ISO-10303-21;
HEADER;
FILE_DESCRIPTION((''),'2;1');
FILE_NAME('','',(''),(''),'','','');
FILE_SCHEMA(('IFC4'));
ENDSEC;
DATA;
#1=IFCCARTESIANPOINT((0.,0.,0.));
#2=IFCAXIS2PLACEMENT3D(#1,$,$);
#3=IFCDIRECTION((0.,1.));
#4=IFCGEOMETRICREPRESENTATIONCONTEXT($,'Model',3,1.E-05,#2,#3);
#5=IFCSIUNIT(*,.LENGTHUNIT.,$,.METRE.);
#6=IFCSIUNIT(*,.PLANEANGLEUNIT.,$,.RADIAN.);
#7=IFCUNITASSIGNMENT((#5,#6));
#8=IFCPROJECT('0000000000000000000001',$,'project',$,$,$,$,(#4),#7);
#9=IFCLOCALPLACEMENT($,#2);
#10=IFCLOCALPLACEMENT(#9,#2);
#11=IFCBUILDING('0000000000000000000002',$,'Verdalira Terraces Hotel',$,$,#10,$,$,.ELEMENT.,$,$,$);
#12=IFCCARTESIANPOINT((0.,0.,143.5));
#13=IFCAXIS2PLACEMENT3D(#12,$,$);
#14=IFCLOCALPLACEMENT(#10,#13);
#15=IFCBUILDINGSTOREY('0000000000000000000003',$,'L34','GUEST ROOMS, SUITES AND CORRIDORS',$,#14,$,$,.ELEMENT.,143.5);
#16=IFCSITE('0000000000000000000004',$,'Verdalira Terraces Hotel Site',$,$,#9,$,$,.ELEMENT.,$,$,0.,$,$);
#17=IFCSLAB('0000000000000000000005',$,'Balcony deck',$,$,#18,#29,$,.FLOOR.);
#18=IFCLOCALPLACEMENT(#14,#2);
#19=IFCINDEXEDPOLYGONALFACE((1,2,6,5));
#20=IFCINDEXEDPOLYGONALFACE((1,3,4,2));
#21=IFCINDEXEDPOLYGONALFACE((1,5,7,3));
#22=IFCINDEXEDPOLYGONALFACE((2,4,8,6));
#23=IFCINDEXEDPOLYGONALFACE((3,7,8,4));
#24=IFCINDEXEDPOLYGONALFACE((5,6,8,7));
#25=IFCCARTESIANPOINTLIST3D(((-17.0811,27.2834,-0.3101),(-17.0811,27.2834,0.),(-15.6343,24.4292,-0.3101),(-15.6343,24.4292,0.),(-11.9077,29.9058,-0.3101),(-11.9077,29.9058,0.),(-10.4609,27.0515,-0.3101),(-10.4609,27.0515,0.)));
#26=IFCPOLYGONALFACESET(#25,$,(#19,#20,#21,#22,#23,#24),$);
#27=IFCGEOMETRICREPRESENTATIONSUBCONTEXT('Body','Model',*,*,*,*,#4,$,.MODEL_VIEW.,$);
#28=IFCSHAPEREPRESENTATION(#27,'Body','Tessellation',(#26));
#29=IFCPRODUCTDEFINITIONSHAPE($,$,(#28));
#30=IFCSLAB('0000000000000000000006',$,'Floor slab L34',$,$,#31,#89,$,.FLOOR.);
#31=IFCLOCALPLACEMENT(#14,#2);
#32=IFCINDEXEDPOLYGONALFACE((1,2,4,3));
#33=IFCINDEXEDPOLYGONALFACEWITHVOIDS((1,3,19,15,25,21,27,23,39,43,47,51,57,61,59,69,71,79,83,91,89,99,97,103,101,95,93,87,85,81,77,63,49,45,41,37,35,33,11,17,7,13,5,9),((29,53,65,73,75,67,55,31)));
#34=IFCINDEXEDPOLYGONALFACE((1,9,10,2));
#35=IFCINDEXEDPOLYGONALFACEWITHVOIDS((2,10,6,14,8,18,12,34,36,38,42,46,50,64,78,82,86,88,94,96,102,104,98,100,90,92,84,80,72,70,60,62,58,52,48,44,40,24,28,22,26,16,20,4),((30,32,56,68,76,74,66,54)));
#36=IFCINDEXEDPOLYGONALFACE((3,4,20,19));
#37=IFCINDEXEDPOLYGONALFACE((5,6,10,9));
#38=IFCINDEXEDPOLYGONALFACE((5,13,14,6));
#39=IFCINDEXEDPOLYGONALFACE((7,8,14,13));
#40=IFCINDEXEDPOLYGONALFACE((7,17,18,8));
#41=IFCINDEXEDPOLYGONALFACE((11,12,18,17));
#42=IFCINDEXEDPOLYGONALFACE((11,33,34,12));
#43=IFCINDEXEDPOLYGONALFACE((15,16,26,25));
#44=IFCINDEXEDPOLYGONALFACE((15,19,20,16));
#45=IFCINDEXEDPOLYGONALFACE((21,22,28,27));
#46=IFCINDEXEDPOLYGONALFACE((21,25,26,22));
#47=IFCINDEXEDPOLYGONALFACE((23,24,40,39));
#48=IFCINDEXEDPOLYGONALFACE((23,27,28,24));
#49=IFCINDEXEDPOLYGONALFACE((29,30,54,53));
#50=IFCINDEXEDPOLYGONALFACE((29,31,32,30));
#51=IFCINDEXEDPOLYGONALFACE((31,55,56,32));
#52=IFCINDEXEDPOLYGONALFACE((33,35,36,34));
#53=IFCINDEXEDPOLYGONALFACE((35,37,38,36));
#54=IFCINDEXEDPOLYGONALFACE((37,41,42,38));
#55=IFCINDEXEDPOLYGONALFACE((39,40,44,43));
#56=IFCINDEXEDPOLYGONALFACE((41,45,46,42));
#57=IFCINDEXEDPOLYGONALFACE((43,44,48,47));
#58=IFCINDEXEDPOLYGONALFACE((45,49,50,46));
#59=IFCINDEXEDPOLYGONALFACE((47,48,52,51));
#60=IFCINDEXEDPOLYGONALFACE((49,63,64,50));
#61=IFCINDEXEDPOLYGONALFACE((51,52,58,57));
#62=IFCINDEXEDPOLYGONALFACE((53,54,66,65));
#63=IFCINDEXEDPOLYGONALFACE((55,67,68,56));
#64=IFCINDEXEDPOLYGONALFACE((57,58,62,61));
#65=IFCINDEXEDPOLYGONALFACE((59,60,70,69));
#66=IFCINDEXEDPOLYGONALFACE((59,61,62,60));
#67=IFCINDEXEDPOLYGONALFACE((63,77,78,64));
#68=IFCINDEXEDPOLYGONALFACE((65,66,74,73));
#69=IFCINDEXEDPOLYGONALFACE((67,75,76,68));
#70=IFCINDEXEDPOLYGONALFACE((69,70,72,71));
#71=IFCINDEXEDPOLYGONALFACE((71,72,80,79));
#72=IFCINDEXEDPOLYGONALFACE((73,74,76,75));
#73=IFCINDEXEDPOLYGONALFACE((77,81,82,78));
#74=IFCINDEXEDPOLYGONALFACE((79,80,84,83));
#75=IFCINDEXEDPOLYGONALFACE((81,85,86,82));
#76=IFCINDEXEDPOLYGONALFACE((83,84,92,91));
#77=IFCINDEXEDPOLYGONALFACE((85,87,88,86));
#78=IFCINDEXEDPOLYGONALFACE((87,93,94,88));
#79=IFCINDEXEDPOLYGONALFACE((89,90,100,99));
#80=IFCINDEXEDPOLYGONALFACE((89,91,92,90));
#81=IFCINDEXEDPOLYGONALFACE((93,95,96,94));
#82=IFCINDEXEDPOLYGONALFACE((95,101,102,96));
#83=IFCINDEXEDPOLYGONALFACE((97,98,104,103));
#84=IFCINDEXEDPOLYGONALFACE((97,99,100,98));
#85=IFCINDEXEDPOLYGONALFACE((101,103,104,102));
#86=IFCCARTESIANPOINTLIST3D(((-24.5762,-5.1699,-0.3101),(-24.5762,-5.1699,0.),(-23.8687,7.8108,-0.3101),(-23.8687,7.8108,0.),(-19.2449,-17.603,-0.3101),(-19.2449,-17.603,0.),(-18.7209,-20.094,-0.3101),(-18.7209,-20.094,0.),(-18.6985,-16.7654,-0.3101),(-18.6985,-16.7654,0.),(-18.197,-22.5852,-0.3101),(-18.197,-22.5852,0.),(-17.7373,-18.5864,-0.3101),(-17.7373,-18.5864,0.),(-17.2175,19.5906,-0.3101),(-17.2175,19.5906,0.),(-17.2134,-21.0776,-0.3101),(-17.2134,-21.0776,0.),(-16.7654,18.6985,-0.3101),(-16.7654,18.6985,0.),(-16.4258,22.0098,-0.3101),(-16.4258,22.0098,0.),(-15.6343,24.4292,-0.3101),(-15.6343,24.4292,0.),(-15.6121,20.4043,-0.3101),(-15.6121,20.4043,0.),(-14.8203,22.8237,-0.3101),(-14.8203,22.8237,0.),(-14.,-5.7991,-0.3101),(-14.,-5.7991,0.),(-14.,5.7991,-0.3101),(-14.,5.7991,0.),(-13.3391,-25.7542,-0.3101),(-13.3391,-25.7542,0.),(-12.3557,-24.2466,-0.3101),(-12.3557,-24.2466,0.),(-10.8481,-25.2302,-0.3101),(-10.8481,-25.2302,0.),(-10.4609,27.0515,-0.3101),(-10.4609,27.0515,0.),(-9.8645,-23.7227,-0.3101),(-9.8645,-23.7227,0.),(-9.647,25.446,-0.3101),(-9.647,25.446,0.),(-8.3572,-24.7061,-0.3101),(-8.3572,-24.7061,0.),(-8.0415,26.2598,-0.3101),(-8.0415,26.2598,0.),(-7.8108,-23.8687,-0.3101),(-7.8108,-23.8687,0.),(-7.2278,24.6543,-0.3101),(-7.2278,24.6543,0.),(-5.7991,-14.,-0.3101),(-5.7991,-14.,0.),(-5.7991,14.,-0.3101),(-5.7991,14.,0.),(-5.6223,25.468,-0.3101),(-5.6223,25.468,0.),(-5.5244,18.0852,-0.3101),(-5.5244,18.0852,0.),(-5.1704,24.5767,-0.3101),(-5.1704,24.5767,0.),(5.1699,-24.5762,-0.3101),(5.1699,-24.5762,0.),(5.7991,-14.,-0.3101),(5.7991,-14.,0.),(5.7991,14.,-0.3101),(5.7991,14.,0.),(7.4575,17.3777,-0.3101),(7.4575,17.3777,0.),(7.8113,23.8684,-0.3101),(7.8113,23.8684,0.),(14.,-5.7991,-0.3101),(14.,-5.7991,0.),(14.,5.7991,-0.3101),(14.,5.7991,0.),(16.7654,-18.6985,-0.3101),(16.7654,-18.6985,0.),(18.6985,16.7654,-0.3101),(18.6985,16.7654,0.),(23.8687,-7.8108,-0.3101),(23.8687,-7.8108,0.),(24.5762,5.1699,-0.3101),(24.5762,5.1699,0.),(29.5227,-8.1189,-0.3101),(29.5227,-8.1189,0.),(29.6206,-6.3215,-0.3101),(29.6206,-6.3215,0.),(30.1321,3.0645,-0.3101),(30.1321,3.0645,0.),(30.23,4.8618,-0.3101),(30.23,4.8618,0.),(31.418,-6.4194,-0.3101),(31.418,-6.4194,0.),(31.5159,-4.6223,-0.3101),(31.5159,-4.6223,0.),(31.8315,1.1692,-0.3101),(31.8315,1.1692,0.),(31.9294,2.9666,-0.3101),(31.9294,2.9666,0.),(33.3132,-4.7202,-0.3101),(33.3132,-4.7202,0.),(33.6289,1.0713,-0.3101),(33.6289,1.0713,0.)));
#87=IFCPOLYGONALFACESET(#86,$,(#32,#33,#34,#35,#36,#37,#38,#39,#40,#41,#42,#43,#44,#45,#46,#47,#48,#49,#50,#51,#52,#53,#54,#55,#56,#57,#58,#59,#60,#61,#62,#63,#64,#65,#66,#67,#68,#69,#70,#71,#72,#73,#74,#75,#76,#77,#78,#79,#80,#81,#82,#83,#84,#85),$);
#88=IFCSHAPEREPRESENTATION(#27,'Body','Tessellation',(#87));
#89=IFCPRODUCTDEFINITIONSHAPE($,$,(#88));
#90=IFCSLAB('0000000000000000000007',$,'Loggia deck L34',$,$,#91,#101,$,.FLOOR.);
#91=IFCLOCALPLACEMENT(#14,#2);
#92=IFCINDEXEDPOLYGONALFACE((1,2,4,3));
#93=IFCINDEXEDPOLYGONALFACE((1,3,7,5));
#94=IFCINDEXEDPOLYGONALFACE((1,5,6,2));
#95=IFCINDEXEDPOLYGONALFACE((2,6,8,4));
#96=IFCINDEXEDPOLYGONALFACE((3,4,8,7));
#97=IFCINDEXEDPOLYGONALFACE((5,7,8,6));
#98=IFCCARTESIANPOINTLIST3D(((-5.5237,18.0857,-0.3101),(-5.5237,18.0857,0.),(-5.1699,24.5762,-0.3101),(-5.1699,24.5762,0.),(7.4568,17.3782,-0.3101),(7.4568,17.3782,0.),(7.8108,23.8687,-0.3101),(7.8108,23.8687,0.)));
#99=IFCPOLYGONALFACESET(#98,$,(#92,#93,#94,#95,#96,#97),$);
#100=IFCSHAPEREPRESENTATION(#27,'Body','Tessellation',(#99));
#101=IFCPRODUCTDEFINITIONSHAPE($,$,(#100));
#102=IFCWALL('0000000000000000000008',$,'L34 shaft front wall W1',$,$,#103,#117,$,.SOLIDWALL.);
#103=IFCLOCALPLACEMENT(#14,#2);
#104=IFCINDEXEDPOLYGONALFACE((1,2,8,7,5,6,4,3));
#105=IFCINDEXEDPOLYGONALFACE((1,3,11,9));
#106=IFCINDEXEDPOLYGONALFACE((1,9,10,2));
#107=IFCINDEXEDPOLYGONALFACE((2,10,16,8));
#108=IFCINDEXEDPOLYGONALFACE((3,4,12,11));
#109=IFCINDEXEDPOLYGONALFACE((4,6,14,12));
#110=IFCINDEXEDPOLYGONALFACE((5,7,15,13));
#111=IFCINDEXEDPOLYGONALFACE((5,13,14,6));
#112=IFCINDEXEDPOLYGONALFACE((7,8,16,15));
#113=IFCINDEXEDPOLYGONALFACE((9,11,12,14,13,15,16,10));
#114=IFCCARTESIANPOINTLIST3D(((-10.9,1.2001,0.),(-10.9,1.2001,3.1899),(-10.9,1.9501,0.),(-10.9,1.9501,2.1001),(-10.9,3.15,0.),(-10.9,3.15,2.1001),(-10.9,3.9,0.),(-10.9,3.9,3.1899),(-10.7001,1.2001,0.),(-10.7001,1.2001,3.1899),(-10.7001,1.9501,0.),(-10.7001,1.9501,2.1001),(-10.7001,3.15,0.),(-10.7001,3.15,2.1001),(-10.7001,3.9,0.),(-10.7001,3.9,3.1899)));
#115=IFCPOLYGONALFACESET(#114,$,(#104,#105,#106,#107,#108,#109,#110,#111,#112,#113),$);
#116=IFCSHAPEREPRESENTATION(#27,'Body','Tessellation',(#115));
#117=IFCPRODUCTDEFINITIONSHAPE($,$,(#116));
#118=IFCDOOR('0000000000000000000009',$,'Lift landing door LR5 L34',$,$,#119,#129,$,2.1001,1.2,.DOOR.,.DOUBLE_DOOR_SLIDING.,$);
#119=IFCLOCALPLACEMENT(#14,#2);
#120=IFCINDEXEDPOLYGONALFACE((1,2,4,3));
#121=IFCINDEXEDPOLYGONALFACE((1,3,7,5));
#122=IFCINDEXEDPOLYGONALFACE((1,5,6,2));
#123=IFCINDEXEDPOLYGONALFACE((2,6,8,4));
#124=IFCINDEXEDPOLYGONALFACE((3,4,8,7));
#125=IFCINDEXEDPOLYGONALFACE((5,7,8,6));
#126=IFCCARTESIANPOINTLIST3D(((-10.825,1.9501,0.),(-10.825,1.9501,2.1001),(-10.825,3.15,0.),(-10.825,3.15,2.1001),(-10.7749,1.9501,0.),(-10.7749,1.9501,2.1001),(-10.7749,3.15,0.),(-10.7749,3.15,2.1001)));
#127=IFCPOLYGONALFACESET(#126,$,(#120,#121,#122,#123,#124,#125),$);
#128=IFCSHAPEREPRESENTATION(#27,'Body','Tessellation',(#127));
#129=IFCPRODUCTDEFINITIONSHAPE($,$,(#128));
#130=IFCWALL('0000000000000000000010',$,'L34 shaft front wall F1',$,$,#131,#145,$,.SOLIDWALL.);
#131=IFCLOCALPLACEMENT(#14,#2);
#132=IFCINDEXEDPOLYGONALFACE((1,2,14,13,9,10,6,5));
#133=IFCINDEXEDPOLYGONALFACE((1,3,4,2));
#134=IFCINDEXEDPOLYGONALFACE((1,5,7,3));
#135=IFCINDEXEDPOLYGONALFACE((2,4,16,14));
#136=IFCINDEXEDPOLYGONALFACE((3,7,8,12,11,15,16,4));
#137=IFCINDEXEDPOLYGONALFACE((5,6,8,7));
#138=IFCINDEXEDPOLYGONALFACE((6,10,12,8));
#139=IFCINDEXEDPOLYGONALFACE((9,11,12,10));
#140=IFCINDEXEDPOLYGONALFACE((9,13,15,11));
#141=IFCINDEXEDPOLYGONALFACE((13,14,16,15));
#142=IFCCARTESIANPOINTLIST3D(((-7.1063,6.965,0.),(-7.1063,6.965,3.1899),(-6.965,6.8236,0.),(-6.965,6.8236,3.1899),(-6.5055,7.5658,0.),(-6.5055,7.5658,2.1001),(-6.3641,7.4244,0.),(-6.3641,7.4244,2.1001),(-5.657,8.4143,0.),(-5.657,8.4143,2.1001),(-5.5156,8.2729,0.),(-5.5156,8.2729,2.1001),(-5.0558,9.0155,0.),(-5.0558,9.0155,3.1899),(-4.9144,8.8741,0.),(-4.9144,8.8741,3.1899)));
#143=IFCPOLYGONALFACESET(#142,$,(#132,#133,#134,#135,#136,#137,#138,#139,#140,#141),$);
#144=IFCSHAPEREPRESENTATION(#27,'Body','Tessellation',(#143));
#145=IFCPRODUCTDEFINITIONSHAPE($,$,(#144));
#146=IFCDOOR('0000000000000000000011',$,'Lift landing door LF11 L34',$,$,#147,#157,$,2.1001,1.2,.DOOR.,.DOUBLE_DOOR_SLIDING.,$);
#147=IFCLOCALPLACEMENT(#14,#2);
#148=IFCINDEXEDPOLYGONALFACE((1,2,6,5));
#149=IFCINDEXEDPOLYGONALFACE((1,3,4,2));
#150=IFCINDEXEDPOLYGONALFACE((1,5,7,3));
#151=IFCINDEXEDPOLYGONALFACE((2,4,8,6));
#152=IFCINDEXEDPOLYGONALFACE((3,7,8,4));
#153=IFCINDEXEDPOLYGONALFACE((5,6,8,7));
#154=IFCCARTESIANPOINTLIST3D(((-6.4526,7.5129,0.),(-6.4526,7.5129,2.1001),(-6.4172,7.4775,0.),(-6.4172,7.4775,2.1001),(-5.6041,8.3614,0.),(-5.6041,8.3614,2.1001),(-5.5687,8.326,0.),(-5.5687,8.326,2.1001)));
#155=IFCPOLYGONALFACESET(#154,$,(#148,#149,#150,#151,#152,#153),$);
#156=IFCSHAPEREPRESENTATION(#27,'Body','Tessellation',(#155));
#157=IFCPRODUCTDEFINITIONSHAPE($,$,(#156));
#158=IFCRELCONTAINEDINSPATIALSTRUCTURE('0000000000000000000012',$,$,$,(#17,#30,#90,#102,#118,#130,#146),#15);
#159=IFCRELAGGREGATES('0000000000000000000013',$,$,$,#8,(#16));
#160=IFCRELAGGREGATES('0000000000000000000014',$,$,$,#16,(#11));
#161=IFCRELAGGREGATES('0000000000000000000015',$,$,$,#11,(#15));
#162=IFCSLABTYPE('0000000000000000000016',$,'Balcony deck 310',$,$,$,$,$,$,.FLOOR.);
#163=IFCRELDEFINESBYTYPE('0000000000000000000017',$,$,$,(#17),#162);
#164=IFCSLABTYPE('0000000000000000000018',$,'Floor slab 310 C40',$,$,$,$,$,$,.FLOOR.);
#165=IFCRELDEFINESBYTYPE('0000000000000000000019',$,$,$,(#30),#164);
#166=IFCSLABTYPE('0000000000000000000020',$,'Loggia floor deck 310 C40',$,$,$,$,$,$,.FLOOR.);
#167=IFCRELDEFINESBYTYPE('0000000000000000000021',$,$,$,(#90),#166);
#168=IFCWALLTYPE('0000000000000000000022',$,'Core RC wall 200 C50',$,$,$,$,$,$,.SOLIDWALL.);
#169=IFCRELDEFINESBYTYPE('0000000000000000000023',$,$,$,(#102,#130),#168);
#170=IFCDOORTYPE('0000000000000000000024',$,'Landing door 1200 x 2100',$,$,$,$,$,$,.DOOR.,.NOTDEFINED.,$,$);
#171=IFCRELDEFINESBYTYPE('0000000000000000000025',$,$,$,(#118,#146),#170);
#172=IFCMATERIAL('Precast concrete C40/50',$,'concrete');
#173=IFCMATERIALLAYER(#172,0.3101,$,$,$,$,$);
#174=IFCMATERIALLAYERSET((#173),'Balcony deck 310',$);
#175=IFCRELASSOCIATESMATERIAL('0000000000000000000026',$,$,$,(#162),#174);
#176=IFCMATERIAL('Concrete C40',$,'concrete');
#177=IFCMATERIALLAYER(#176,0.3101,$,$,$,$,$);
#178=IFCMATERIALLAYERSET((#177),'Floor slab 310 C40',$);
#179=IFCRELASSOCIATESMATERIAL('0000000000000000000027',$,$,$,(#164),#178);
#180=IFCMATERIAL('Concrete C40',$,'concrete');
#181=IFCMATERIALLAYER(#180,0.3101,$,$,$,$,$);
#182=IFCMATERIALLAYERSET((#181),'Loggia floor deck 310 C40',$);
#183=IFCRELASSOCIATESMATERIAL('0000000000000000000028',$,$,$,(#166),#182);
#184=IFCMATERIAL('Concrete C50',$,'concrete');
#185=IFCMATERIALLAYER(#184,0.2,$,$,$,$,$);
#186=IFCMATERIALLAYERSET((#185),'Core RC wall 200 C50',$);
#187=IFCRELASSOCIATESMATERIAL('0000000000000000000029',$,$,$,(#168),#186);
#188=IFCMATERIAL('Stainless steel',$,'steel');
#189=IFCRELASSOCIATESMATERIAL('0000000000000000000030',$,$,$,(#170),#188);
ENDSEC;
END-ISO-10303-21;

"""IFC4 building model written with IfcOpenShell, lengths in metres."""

from ifc_helpers import new_model, si_unit, direction, frame, frame_2d, origin, place, context, subcontext, project, spatial, polyline, rectangle, outline, extrude, material, layer, layer_set, type_object, element, fill, save


model = new_model("IFC4")

# Units and contexts
model_context = context("Model", 3, precision=1e-05, world=origin(), true_north=direction((0.0, 1.0)))
body_context = subcontext(model_context, "Body", "Model", "MODEL_VIEW")
ifc_project = project(units=[si_unit("LENGTHUNIT", "METRE"), si_unit("PLANEANGLEUNIT", "RADIAN")], contexts=[model_context])

# Site, building, storey
site_placement = place(None, origin())
site = spatial("IfcSite", under=ifc_project, at=site_placement, Name="Verdalira Terraces Hotel Site", CompositionType="ELEMENT", RefElevation=0.0)
building_placement = place(site_placement, origin())
building = spatial("IfcBuilding", under=site, at=building_placement, Name="Verdalira Terraces Hotel", CompositionType="ELEMENT")
storey_placement = place(building_placement, frame((0.0, 0.0, 143.5)))
storey = spatial("IfcBuildingStorey", under=building, at=storey_placement, Name="L34", Description="GUEST ROOMS, SUITES AND CORRIDORS", CompositionType="ELEMENT", Elevation=143.5)

# Slabs
ifc_material_1 = material(Name="Precast concrete C40/50", Category="concrete")
ifc_layer_1 = layer(ifc_material_1, 0.3101)
ifc_layer_set_1 = layer_set([ifc_layer_1], Name="Balcony deck 310")
slab_type_1 = type_object("IfcSlabType", Name="Balcony deck 310", PredefinedType="FLOOR", material=ifc_layer_set_1)
slab_1_placement = place(storey_placement, frame((0.0, 0.0, -0.3101)))
element("IfcSlab", 1, at=slab_1_placement, inside=storey, type_object=slab_type_1, Name="Balcony deck", PredefinedType="FLOOR", context=body_context, shape_type="SweptSolid", body=[
    extrude(outline(polyline([(-17.0811, 27.2834), (-15.6343, 24.4292), (-10.4609, 27.0515), (-11.9077, 29.9058), (-17.0811, 27.2834)])), origin(), (0.0, 0.0, 1.0), 0.3101),
])
ifc_material_2 = material(Name="Concrete C40", Category="concrete")
ifc_layer_2 = layer(ifc_material_2, 0.3101)
ifc_layer_set_2 = layer_set([ifc_layer_2], Name="Floor slab 310 C40")
slab_type_2 = type_object("IfcSlabType", Name="Floor slab 310 C40", PredefinedType="FLOOR", material=ifc_layer_set_2)
slab_2_placement = place(storey_placement, frame((0.0, 0.0, -0.3101)))
element("IfcSlab", 2, at=slab_2_placement, inside=storey, type_object=slab_type_2, Name="Floor slab L34", PredefinedType="FLOOR", context=body_context, shape_type="SweptSolid", body=[
    extrude(outline(polyline([(24.5762, 5.1699), (18.6985, 16.7654), (7.8113, 23.8684), (7.4575, 17.3777), (-5.5244, 18.0852), (-5.1704, 24.5767), (-5.1704, 24.5767), (-5.6223, 25.468), (-7.2278, 24.6543), (-8.0415, 26.2598), (-9.647, 25.446), (-10.4609, 27.0515), (-15.6343, 24.4292), (-14.8203, 22.8237), (-16.4258, 22.0098), (-15.6121, 20.4043), (-17.2175, 19.5906), (-16.7654, 18.6985), (-23.8687, 7.8108), (-24.5762, -5.1699), (-18.6985, -16.7654), (-19.2449, -17.603), (-17.7373, -18.5864), (-18.7209, -20.094), (-17.2134, -21.0776), (-18.197, -22.5852), (-13.3391, -25.7541), (-12.3557, -24.2466), (-10.8481, -25.2302), (-9.8645, -23.7227), (-8.3572, -24.7061), (-7.8108, -23.8687), (5.1699, -24.5762), (16.7654, -18.6985), (23.8687, -7.8108), (29.5227, -8.1189), (29.6206, -6.3215), (31.418, -6.4194), (31.5159, -4.6223), (33.3132, -4.7202), (33.6289, 1.0713), (31.8315, 1.1692), (31.9294, 2.9666), (30.1321, 3.0645), (30.23, 4.8618), (24.5762, 5.1699)]), holes=[polyline([(5.7991, 14.0), (14.0, 5.7991), (14.0, -5.7991), (5.7991, -14.0), (-5.7991, -14.0), (-14.0, -5.7991), (-14.0, 5.7991), (-5.7991, 14.0), (5.7991, 14.0)])]), origin(), (0.0, 0.0, 1.0), 0.3101),
])
ifc_material_3 = material(Name="Concrete C40", Category="concrete")
ifc_layer_3 = layer(ifc_material_3, 0.3101)
ifc_layer_set_3 = layer_set([ifc_layer_3], Name="Loggia floor deck 310 C40")
slab_type_3 = type_object("IfcSlabType", Name="Loggia floor deck 310 C40", PredefinedType="FLOOR", material=ifc_layer_set_3)
slab_3_placement = place(storey_placement, frame((0.0, 0.0, -0.3101)))
element("IfcSlab", 3, at=slab_3_placement, inside=storey, type_object=slab_type_3, Name="Loggia deck L34", PredefinedType="FLOOR", context=body_context, shape_type="SweptSolid", body=[
    extrude(outline(polyline([(-5.5237, 18.0857), (7.4568, 17.3782), (7.8108, 23.8687), (-5.1699, 24.5762), (-5.5237, 18.0857)])), origin(), (0.0, 0.0, 1.0), 0.3101),
])

# Walls, openings, doors
ifc_material_4 = material(Name="Concrete C50", Category="concrete")
ifc_layer_4 = layer(ifc_material_4, 0.2)
ifc_layer_set_4 = layer_set([ifc_layer_4], Name="Core RC wall 200 C50")
wall_type_1 = type_object("IfcWallType", Name="Core RC wall 200 C50", PredefinedType="SOLIDWALL", material=ifc_layer_set_4)
wall_1_placement = place(storey_placement, frame((-10.8, 1.2, 0.0), z_axis=(0.0, 0.0, 1.0), x_axis=(0.0, 1.0, 0.0)))
wall_1 = element("IfcWall", 4, at=wall_1_placement, inside=storey, type_object=wall_type_1, Name="L34 shaft front wall W1", PredefinedType="SOLIDWALL", context=body_context, shape_type="SweptSolid", body=[
    extrude(rectangle(XDim=2.7, YDim=0.2, at=frame_2d((1.3501, 0.0))), origin(), (0.0, 0.0, 1.0), 3.1899),
])
opening_1_placement = place(wall_1_placement, frame((0.75, 0.0, 0.0)))
opening_1 = element("IfcOpeningElement", 5, at=opening_1_placement, cuts=wall_1, PredefinedType="OPENING", context=body_context, shape_type="SweptSolid", body=[
    extrude(rectangle(XDim=1.2, YDim=2.1001, at=frame_2d((0.6001, 1.05))), frame((0.0, 0.1099, 0.0), z_axis=(0.0, -1.0, 0.0), x_axis=(1.0, 0.0, 0.0)), (0.0, 0.0, 1.0), 0.22),
])
ifc_material_5 = material(Name="Stainless steel", Category="steel")
door_type_1 = type_object("IfcDoorType", Name="Landing door 1200 x 2100", OperationType="NOTDEFINED", PredefinedType="DOOR", material=ifc_material_5)
door_1_placement = place(opening_1_placement, origin())
door_1 = element("IfcDoor", 6, at=door_1_placement, inside=storey, type_object=door_type_1, Name="Lift landing door LR5 L34", OperationType="DOUBLE_DOOR_SLIDING", OverallHeight=2.1001, OverallWidth=1.2, PredefinedType="DOOR", context=body_context, shape_type="SweptSolid", body=[
    extrude(rectangle(XDim=1.2, YDim=2.1001, at=frame_2d((0.6001, 1.05))), frame((0.0, 0.0249, 0.0), z_axis=(0.0, -1.0, 0.0), x_axis=(1.0, 0.0, 0.0)), (0.0, 0.0, 1.0), 0.05),
])
fill(opening_1, door_1)
wall_2_placement = place(storey_placement, frame((-4.9851, 8.9448, 0.0), z_axis=(0.0, 0.0, 1.0), x_axis=(-0.707107, -0.707107, 0.0)))
wall_2 = element("IfcWall", 7, at=wall_2_placement, inside=storey, type_object=wall_type_1, Name="L34 shaft front wall F1", PredefinedType="SOLIDWALL", context=body_context, shape_type="SweptSolid", body=[
    extrude(rectangle(XDim=2.8999, YDim=0.2, at=frame_2d((1.45, 0.0))), origin(), (0.0, 0.0, 1.0), 3.1899),
])
opening_2_placement = place(wall_2_placement, frame((0.8501, 0.0, 0.0)))
opening_2 = element("IfcOpeningElement", 8, at=opening_2_placement, cuts=wall_2, PredefinedType="OPENING", context=body_context, shape_type="SweptSolid", body=[
    extrude(rectangle(XDim=1.2, YDim=2.1001, at=frame_2d((0.6001, 1.05))), frame((0.0, 0.1099, 0.0), z_axis=(0.0, -1.0, 0.0), x_axis=(1.0, 0.0, 0.0)), (0.0, 0.0, 1.0), 0.22),
])
door_2_placement = place(opening_2_placement, origin())
door_2 = element("IfcDoor", 9, at=door_2_placement, inside=storey, type_object=door_type_1, Name="Lift landing door LF11 L34", OperationType="DOUBLE_DOOR_SLIDING", OverallHeight=2.1001, OverallWidth=1.2, PredefinedType="DOOR", context=body_context, shape_type="SweptSolid", body=[
    extrude(rectangle(XDim=1.2, YDim=2.1001, at=frame_2d((0.6001, 1.05))), frame((0.0, 0.0249, 0.0), z_axis=(0.0, -1.0, 0.0), x_axis=(1.0, 0.0, 0.0)), (0.0, 0.0, 1.0), 0.05),
])
fill(opening_2, door_2)

save(model, "model.ifc")
